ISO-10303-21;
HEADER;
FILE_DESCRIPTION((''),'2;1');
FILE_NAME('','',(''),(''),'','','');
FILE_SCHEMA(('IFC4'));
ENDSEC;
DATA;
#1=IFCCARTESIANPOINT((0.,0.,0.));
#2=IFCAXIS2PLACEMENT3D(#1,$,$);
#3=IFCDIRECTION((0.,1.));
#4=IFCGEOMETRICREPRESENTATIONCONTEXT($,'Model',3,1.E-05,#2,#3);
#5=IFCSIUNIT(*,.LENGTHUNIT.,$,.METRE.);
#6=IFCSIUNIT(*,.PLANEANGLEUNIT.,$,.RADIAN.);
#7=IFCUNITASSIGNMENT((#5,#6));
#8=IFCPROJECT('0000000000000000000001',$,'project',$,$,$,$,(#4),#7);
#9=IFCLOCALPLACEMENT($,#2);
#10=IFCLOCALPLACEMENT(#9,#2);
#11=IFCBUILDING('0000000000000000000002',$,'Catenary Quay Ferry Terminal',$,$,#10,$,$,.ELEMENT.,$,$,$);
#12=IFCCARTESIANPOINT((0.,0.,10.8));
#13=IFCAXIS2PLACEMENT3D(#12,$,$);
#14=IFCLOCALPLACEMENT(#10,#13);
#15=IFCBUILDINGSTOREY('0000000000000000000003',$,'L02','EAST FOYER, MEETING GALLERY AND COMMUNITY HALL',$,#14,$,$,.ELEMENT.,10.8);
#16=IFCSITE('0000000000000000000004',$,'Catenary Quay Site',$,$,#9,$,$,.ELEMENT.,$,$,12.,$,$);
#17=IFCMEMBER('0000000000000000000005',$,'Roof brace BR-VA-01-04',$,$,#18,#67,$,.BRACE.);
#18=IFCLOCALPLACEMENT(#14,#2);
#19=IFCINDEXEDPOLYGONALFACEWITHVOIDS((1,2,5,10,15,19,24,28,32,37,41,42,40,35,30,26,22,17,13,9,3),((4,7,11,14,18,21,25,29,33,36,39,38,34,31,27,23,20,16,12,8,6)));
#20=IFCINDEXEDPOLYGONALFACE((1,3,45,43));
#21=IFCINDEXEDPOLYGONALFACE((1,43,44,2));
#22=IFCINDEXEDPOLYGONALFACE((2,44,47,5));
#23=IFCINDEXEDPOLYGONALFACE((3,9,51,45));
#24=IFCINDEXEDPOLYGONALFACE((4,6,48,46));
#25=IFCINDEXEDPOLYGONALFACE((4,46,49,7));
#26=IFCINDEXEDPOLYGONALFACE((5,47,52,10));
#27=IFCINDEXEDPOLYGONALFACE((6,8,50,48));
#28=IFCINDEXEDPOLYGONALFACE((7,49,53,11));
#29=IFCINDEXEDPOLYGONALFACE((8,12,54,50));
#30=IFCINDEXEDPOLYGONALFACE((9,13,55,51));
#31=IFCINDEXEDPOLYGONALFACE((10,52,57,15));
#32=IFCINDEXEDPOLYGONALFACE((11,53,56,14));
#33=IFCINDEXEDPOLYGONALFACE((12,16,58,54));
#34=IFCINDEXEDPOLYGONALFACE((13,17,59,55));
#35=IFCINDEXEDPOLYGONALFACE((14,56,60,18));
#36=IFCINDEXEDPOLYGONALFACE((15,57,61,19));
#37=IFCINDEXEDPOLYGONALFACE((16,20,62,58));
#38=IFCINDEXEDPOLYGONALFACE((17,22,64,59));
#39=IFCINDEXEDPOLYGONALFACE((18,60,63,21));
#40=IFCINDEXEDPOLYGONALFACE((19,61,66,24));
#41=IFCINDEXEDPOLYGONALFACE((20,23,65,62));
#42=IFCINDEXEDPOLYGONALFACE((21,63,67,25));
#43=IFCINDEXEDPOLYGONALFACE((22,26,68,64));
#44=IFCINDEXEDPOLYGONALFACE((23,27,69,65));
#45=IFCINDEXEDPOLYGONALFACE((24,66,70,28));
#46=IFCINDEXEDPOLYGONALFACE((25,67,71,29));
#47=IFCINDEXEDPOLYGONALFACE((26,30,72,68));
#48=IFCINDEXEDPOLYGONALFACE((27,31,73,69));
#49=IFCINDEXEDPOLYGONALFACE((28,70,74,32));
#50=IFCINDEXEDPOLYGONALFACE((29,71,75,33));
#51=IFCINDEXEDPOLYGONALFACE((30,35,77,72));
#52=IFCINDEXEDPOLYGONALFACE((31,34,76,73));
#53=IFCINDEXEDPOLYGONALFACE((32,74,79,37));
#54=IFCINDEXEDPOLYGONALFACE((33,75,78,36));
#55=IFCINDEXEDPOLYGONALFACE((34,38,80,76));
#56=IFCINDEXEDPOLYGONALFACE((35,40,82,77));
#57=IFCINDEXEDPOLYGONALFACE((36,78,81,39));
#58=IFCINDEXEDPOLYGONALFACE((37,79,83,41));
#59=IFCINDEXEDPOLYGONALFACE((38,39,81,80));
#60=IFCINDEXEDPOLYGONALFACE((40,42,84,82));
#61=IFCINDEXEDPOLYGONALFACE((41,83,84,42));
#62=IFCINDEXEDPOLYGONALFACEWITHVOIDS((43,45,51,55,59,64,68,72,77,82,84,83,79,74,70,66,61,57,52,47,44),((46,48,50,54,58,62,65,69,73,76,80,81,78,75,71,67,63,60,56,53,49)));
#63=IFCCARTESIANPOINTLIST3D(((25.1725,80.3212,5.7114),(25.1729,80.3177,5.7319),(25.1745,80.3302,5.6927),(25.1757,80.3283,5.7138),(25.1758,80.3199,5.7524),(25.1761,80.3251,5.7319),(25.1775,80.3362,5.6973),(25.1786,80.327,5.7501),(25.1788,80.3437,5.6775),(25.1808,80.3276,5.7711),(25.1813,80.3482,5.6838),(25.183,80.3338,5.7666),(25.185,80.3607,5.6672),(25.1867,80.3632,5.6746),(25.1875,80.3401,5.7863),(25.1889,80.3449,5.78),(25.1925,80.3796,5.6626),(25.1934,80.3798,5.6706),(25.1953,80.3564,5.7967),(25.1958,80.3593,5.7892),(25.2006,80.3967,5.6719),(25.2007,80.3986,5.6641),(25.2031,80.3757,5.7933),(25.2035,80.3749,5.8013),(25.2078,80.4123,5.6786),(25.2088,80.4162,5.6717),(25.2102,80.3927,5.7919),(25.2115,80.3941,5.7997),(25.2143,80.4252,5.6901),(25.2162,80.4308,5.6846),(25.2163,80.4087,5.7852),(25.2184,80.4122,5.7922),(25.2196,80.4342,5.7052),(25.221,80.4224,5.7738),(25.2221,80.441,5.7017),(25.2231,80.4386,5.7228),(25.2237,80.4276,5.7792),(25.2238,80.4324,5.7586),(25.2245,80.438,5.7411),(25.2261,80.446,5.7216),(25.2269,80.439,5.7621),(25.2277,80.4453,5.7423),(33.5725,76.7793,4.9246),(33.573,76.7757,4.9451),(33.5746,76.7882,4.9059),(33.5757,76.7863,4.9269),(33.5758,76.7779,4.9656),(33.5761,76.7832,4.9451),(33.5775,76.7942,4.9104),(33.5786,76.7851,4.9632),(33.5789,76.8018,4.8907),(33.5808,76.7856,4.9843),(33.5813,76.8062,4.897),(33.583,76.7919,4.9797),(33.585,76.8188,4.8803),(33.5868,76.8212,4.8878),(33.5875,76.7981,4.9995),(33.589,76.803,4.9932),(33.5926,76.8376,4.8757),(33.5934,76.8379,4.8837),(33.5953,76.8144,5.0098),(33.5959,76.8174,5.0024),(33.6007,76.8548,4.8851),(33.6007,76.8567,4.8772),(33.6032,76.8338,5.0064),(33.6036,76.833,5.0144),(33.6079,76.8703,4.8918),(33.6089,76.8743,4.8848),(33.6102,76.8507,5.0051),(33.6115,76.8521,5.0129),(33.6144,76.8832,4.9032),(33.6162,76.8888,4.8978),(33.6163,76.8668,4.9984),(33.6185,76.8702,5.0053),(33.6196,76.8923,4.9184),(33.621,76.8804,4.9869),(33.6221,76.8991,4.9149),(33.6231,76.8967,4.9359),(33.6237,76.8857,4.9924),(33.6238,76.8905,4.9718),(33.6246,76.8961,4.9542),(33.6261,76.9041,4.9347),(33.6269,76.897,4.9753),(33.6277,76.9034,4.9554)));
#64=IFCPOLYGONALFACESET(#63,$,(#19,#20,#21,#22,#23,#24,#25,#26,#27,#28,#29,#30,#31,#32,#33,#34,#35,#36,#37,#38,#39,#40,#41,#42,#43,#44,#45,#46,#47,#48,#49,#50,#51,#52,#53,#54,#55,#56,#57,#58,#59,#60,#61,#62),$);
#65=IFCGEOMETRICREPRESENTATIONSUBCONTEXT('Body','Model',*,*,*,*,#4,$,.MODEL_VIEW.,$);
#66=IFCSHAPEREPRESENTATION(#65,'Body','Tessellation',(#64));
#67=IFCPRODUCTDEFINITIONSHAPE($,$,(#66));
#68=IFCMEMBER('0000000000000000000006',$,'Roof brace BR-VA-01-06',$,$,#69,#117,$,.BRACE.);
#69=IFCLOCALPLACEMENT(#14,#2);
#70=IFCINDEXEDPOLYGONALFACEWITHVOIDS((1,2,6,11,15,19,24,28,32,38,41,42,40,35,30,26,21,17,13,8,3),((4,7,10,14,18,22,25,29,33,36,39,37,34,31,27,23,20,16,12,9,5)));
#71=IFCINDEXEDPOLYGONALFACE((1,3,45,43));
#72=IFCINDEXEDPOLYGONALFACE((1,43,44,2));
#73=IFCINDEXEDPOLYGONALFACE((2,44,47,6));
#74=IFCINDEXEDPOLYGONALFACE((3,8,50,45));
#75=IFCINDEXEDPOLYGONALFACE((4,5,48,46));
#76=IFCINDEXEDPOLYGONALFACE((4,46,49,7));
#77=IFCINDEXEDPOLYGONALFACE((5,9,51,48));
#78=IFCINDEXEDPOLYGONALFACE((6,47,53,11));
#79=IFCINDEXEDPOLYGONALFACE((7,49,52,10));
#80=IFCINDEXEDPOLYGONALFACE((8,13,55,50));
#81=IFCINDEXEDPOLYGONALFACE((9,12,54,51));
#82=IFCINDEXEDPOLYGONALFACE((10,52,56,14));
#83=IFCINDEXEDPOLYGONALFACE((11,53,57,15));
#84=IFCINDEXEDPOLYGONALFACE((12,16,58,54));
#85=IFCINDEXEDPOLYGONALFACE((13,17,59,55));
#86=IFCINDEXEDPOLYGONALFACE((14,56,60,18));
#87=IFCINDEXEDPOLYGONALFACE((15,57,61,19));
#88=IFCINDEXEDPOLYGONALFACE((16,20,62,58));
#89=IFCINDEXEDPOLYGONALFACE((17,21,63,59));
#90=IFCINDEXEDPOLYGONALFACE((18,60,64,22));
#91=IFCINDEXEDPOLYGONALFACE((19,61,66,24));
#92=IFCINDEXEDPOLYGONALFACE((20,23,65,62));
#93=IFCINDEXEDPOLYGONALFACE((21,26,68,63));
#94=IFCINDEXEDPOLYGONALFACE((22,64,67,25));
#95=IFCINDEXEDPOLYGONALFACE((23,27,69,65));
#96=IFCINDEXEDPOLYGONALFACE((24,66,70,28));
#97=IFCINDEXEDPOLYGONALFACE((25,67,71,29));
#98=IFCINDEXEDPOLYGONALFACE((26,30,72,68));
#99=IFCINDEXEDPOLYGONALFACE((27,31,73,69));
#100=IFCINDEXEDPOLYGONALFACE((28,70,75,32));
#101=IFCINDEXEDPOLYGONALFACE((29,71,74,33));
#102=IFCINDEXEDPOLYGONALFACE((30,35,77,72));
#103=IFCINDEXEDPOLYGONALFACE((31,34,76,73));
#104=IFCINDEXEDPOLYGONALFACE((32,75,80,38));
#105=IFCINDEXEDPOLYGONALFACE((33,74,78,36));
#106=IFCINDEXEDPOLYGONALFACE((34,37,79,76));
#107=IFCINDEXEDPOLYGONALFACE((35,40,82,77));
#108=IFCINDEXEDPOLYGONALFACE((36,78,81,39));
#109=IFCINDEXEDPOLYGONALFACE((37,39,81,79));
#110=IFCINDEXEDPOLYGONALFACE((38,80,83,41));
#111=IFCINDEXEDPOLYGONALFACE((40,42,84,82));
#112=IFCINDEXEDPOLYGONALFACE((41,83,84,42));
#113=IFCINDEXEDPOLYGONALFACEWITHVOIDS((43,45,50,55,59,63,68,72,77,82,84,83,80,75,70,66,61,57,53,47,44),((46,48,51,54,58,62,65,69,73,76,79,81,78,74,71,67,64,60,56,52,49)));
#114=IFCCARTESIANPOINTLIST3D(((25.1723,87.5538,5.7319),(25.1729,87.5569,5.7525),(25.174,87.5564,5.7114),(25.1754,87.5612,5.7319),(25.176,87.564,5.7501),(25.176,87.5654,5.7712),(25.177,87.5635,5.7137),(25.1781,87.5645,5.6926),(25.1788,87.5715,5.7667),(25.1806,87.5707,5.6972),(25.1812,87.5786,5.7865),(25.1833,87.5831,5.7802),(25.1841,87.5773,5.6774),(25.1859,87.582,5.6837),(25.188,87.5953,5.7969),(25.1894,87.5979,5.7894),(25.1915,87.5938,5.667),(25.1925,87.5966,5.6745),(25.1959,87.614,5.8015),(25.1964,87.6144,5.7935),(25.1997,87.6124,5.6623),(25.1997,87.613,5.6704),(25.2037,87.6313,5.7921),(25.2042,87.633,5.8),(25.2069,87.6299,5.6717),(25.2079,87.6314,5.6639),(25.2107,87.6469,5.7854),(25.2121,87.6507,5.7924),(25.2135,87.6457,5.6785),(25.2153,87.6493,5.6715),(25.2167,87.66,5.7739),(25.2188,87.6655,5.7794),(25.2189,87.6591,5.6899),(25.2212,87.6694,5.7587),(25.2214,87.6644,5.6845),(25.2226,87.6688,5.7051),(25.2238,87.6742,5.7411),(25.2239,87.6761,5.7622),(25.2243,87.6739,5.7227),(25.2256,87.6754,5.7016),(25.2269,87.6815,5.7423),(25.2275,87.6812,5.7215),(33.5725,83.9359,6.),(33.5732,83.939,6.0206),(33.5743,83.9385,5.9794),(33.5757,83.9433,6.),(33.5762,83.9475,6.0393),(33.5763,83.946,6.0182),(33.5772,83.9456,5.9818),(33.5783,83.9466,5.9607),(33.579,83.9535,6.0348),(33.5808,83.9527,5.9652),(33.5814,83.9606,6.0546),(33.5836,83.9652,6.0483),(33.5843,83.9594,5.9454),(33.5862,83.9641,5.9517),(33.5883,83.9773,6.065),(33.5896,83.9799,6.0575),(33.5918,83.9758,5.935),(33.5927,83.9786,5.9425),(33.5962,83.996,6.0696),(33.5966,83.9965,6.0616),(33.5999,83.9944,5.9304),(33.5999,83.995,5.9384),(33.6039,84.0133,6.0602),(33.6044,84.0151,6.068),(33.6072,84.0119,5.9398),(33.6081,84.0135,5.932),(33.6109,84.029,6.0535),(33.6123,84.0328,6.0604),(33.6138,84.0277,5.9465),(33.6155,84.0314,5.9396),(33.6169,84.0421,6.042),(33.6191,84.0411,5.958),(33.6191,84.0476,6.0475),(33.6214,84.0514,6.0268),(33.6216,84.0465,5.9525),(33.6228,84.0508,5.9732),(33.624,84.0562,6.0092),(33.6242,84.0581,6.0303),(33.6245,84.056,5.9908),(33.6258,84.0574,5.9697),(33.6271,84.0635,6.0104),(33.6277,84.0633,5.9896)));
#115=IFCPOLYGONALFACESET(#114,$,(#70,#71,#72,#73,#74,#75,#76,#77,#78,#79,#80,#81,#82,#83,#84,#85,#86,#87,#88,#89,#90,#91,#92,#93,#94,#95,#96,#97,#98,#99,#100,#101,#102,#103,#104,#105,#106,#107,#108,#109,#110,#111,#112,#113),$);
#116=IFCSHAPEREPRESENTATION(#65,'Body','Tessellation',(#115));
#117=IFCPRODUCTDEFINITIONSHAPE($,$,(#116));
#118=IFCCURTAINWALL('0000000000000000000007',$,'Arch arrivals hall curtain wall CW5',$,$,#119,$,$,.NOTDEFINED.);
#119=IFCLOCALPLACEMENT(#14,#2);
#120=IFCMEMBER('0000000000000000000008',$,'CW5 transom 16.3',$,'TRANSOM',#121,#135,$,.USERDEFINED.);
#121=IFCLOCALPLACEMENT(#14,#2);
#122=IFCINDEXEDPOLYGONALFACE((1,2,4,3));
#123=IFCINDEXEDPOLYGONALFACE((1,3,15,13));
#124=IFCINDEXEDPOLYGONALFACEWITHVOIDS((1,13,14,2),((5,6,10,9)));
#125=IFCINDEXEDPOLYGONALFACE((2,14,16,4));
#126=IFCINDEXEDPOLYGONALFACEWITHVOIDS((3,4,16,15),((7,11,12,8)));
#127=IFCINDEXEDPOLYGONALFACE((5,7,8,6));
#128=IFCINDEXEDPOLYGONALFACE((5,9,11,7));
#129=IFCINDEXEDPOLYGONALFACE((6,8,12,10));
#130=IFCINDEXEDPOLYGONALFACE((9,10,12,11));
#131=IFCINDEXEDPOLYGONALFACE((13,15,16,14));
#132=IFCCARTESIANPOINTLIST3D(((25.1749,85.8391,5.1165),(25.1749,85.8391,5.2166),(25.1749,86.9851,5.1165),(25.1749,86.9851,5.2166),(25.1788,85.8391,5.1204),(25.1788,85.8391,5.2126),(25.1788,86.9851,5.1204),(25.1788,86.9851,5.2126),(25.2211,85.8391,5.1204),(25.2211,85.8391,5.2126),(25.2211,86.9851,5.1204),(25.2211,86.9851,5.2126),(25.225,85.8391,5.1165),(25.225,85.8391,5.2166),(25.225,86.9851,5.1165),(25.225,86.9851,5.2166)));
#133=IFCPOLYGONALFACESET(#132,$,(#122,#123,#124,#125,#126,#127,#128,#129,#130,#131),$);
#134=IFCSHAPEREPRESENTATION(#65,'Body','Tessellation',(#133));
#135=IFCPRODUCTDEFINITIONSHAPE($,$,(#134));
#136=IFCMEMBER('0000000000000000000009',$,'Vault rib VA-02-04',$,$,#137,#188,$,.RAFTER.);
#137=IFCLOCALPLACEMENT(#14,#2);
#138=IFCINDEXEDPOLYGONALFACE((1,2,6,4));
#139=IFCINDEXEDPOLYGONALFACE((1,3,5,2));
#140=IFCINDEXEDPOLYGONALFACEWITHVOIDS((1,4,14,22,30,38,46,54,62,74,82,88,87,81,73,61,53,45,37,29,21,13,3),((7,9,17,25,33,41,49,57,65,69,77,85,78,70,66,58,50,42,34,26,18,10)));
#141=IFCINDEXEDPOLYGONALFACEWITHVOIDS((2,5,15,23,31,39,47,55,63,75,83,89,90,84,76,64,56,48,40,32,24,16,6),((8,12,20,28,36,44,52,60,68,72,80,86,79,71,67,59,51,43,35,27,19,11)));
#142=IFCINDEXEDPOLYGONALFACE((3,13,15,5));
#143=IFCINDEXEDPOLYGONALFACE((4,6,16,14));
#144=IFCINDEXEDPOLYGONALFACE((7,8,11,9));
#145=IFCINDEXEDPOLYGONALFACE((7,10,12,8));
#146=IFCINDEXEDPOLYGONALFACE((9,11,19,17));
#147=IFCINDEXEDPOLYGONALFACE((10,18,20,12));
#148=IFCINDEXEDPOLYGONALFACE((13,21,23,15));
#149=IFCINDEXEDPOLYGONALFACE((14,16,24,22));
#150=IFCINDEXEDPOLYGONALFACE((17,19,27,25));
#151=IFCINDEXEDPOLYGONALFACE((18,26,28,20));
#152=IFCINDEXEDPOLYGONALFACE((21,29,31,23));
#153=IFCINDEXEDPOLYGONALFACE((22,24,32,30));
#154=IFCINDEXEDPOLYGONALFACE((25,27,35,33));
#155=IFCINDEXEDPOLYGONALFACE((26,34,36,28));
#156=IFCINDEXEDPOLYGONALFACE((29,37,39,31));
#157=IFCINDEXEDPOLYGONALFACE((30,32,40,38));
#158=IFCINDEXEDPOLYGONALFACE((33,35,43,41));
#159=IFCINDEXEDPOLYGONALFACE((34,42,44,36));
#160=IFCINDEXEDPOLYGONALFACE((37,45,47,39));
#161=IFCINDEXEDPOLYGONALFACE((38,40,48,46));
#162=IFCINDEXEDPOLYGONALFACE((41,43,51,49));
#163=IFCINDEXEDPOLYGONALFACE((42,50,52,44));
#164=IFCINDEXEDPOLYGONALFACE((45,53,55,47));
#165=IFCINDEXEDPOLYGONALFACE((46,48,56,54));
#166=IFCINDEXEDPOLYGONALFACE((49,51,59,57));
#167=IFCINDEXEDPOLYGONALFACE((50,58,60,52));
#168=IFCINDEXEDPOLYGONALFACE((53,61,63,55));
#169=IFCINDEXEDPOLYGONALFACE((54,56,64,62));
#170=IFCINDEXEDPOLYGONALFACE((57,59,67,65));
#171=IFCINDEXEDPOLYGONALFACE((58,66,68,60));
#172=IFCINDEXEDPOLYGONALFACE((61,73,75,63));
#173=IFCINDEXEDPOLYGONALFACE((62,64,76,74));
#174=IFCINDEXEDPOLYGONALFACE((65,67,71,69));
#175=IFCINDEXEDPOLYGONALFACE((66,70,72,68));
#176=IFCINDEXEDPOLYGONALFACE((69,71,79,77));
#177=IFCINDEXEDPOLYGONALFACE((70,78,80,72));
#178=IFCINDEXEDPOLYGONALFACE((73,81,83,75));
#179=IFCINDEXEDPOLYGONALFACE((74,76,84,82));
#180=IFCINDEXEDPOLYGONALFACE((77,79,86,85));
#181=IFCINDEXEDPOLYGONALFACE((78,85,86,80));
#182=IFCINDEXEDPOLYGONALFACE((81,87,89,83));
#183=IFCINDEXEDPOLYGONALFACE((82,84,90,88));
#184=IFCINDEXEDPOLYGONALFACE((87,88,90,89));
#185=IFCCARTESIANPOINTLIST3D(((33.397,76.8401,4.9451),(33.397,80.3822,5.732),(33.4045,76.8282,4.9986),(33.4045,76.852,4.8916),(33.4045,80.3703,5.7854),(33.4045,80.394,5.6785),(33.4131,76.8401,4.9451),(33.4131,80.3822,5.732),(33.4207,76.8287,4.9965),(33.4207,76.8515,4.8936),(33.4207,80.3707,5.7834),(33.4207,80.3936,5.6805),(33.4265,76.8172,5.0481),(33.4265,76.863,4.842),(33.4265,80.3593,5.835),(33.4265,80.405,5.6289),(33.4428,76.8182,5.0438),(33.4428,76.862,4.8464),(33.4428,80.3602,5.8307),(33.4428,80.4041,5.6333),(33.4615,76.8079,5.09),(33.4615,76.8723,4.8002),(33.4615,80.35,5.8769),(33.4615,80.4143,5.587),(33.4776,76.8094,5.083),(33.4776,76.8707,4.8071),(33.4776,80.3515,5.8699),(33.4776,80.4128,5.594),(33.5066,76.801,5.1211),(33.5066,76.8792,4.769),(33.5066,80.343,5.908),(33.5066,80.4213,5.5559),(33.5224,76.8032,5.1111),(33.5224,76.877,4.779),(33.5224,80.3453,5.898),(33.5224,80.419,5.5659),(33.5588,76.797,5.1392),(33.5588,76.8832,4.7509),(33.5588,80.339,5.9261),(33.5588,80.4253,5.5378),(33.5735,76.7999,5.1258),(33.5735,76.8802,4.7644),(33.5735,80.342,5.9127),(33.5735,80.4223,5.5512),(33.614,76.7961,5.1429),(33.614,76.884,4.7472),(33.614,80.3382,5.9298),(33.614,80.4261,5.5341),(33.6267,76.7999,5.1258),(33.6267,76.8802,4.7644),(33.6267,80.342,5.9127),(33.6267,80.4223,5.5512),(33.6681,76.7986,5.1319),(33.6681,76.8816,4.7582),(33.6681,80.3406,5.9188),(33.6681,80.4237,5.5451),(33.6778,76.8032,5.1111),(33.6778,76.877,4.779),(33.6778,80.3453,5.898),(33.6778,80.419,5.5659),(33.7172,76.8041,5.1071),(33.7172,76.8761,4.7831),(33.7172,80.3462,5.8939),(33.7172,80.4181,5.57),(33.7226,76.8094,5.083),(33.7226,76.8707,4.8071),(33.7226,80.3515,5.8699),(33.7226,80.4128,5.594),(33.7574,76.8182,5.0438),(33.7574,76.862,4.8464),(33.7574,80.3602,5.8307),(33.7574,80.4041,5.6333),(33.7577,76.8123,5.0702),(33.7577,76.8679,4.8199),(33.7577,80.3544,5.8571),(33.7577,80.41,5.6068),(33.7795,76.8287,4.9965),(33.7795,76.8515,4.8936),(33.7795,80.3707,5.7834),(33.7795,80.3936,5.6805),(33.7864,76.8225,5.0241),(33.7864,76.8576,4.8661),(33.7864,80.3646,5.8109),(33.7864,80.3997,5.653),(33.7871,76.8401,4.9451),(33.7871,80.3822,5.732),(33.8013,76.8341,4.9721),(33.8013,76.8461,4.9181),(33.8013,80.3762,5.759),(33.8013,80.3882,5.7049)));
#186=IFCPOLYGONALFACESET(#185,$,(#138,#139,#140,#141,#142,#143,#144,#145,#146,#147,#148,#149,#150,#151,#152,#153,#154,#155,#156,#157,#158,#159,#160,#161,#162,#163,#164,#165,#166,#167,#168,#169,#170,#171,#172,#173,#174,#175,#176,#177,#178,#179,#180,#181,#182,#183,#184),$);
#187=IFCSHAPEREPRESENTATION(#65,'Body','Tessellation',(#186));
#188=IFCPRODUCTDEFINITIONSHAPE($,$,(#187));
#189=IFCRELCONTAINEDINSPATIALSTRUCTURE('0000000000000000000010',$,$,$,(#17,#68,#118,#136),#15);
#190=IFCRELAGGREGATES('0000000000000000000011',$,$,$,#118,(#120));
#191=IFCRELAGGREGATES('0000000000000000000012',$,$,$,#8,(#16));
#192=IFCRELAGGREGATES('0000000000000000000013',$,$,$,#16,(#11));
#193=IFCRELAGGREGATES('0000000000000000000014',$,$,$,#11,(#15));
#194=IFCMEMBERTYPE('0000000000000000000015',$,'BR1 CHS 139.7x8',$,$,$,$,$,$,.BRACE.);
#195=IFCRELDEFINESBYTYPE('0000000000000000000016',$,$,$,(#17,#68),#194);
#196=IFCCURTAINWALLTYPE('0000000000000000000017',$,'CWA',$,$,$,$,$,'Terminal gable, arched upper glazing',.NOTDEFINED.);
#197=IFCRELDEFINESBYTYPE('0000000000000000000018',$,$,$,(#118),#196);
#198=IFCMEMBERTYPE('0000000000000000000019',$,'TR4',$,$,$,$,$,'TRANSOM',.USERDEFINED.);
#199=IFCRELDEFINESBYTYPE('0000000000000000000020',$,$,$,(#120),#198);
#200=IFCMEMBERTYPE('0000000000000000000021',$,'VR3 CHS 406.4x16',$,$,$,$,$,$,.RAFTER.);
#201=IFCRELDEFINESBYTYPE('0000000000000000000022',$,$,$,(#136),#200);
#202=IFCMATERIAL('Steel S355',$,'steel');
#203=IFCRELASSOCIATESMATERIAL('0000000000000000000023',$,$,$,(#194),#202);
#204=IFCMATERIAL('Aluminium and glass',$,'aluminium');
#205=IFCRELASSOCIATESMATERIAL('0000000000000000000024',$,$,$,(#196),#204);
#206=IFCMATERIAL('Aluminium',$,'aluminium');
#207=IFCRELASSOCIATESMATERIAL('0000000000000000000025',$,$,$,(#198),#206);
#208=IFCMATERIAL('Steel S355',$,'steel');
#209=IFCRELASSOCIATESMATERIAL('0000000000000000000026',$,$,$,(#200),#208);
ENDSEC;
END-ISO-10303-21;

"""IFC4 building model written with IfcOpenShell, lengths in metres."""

from ifc_helpers import new_model, si_unit, direction, frame, origin, origin_2d, place, context, subcontext, project, spatial, hollow_rectangle, hollow_circle, extrude, material, material_profile, profile_set, type_object, element, aggregate, save


model = new_model("IFC4")

# Units and contexts
model_context = context("Model", 3, precision=1e-05, world=origin(), true_north=direction((0.0, 1.0)))
body_context = subcontext(model_context, "Body", "Model", "MODEL_VIEW")
ifc_project = project(units=[si_unit("LENGTHUNIT", "METRE"), si_unit("PLANEANGLEUNIT", "RADIAN")], contexts=[model_context])

# Site, building, storey
site_placement = place(None, origin())
site = spatial("IfcSite", under=ifc_project, at=site_placement, Name="Catenary Quay Site", CompositionType="ELEMENT", RefElevation=12.0)
building_placement = place(site_placement, origin())
building = spatial("IfcBuilding", under=site, at=building_placement, Name="Catenary Quay Ferry Terminal", CompositionType="ELEMENT")
storey_placement = place(building_placement, frame((0.0, 0.0, 10.8)))
storey = spatial("IfcBuildingStorey", under=building, at=storey_placement, Name="L02", Description="EAST FOYER, MEETING GALLERY AND COMMUNITY HALL", CompositionType="ELEMENT", Elevation=10.8)

# Members
ifc_material_1 = material(Name="Steel S355", Category="steel")
ifc_material_profile_1 = material_profile(ifc_material_1, hollow_circle(Radius=0.0698, WallThickness=0.0081, at=origin_2d()), Name="CHS 139.7x8")
ifc_profile_set_1 = profile_set([ifc_material_profile_1], Name="Steel S355")
member_type_1 = type_object("IfcMemberType", Name="BR1 CHS 139.7x8", PredefinedType="BRACE", material=ifc_profile_set_1)
for number, where, z_axis, x_axis, name in (
    (1, (33.6001, 76.8401, 4.9451), (-0.918022, 0.387092, 0.085994), (-0.388531, -0.921436, 0.0), "Roof brace BR-VA-01-04"),
    (2, (33.6001, 84.0, 6.0), (-0.918042, 0.395398, -0.029297), (-0.395568, -0.918437, 0.0), "Roof brace BR-VA-01-06"),
):
    element("IfcMember", number, at=place(storey_placement, frame(where, z_axis=z_axis, x_axis=x_axis)), inside=storey, type_object=member_type_1, Name=name, PredefinedType="BRACE", context=body_context, shape_type="SweptSolid", body=[
        extrude(hollow_circle(Radius=0.0698, WallThickness=0.0081, at=origin_2d()), origin(), (0.0, 0.0, 1.0), 9.1501),
    ])

# Curtain wall, member
ifc_material_2 = material(Name="Aluminium and glass", Category="aluminium")
curtain_wall_type = type_object("IfcCurtainWallType", Name="CWA", ElementType="Terminal gable, arched upper glazing", PredefinedType="NOTDEFINED", material=ifc_material_2)
curtain_wall_placement = place(storey_placement, origin())
curtain_wall = element("IfcCurtainWall", 3, at=curtain_wall_placement, inside=storey, type_object=curtain_wall_type, Name="Arch arrivals hall curtain wall CW5", PredefinedType="NOTDEFINED")
ifc_material_3 = material(Name="Aluminium", Category="aluminium")
ifc_material_profile_2 = material_profile(ifc_material_3, hollow_rectangle(XDim=0.05, YDim=0.1001, WallThickness=0.0039, at=origin_2d()), Name="TR4")
ifc_profile_set_2 = profile_set([ifc_material_profile_2], Name="Aluminium")
member_type_2 = type_object("IfcMemberType", Name="TR4", ElementType="TRANSOM", PredefinedType="USERDEFINED", material=ifc_profile_set_2)
member_1_placement = place(storey_placement, frame((25.2, 85.8391, 5.1665), z_axis=(0.0, 1.0, 0.0), x_axis=(-1.0, 0.0, 0.0)))
member_1 = element("IfcMember", 4, at=member_1_placement, type_object=member_type_2, Name="CW5 transom 16.3", ObjectType="TRANSOM", PredefinedType="USERDEFINED", context=body_context, shape_type="SweptSolid", body=[
    extrude(hollow_rectangle(XDim=0.05, YDim=0.1001, WallThickness=0.0039, at=origin_2d()), origin(), (0.0, 0.0, 1.0), 1.146),
])

# Member
ifc_material_4 = material(Name="Steel S355", Category="steel")
ifc_material_profile_3 = material_profile(ifc_material_4, hollow_circle(Radius=0.2031, WallThickness=0.0161, at=origin_2d()), Name="CHS 406.4x16")
ifc_profile_set_3 = profile_set([ifc_material_profile_3], Name="Steel S355")
member_type_3 = type_object("IfcMemberType", Name="VR3 CHS 406.4x16", PredefinedType="RAFTER", material=ifc_profile_set_3)
member_2_placement = place(storey_placement, frame((33.6001, 76.8401, 4.9451), z_axis=(0.0, 0.976201, 0.216866), x_axis=(-1.0, 0.0, 0.0)))
element("IfcMember", 5, at=member_2_placement, inside=storey, type_object=member_type_3, Name="Vault rib VA-02-04", PredefinedType="RAFTER", context=body_context, shape_type="SweptSolid", body=[
    extrude(hollow_circle(Radius=0.2031, WallThickness=0.0161, at=origin_2d()), origin(), (0.0, 0.0, 1.0), 3.6284),
])

aggregate(curtain_wall, [member_1])

save(model, "model.ifc")
